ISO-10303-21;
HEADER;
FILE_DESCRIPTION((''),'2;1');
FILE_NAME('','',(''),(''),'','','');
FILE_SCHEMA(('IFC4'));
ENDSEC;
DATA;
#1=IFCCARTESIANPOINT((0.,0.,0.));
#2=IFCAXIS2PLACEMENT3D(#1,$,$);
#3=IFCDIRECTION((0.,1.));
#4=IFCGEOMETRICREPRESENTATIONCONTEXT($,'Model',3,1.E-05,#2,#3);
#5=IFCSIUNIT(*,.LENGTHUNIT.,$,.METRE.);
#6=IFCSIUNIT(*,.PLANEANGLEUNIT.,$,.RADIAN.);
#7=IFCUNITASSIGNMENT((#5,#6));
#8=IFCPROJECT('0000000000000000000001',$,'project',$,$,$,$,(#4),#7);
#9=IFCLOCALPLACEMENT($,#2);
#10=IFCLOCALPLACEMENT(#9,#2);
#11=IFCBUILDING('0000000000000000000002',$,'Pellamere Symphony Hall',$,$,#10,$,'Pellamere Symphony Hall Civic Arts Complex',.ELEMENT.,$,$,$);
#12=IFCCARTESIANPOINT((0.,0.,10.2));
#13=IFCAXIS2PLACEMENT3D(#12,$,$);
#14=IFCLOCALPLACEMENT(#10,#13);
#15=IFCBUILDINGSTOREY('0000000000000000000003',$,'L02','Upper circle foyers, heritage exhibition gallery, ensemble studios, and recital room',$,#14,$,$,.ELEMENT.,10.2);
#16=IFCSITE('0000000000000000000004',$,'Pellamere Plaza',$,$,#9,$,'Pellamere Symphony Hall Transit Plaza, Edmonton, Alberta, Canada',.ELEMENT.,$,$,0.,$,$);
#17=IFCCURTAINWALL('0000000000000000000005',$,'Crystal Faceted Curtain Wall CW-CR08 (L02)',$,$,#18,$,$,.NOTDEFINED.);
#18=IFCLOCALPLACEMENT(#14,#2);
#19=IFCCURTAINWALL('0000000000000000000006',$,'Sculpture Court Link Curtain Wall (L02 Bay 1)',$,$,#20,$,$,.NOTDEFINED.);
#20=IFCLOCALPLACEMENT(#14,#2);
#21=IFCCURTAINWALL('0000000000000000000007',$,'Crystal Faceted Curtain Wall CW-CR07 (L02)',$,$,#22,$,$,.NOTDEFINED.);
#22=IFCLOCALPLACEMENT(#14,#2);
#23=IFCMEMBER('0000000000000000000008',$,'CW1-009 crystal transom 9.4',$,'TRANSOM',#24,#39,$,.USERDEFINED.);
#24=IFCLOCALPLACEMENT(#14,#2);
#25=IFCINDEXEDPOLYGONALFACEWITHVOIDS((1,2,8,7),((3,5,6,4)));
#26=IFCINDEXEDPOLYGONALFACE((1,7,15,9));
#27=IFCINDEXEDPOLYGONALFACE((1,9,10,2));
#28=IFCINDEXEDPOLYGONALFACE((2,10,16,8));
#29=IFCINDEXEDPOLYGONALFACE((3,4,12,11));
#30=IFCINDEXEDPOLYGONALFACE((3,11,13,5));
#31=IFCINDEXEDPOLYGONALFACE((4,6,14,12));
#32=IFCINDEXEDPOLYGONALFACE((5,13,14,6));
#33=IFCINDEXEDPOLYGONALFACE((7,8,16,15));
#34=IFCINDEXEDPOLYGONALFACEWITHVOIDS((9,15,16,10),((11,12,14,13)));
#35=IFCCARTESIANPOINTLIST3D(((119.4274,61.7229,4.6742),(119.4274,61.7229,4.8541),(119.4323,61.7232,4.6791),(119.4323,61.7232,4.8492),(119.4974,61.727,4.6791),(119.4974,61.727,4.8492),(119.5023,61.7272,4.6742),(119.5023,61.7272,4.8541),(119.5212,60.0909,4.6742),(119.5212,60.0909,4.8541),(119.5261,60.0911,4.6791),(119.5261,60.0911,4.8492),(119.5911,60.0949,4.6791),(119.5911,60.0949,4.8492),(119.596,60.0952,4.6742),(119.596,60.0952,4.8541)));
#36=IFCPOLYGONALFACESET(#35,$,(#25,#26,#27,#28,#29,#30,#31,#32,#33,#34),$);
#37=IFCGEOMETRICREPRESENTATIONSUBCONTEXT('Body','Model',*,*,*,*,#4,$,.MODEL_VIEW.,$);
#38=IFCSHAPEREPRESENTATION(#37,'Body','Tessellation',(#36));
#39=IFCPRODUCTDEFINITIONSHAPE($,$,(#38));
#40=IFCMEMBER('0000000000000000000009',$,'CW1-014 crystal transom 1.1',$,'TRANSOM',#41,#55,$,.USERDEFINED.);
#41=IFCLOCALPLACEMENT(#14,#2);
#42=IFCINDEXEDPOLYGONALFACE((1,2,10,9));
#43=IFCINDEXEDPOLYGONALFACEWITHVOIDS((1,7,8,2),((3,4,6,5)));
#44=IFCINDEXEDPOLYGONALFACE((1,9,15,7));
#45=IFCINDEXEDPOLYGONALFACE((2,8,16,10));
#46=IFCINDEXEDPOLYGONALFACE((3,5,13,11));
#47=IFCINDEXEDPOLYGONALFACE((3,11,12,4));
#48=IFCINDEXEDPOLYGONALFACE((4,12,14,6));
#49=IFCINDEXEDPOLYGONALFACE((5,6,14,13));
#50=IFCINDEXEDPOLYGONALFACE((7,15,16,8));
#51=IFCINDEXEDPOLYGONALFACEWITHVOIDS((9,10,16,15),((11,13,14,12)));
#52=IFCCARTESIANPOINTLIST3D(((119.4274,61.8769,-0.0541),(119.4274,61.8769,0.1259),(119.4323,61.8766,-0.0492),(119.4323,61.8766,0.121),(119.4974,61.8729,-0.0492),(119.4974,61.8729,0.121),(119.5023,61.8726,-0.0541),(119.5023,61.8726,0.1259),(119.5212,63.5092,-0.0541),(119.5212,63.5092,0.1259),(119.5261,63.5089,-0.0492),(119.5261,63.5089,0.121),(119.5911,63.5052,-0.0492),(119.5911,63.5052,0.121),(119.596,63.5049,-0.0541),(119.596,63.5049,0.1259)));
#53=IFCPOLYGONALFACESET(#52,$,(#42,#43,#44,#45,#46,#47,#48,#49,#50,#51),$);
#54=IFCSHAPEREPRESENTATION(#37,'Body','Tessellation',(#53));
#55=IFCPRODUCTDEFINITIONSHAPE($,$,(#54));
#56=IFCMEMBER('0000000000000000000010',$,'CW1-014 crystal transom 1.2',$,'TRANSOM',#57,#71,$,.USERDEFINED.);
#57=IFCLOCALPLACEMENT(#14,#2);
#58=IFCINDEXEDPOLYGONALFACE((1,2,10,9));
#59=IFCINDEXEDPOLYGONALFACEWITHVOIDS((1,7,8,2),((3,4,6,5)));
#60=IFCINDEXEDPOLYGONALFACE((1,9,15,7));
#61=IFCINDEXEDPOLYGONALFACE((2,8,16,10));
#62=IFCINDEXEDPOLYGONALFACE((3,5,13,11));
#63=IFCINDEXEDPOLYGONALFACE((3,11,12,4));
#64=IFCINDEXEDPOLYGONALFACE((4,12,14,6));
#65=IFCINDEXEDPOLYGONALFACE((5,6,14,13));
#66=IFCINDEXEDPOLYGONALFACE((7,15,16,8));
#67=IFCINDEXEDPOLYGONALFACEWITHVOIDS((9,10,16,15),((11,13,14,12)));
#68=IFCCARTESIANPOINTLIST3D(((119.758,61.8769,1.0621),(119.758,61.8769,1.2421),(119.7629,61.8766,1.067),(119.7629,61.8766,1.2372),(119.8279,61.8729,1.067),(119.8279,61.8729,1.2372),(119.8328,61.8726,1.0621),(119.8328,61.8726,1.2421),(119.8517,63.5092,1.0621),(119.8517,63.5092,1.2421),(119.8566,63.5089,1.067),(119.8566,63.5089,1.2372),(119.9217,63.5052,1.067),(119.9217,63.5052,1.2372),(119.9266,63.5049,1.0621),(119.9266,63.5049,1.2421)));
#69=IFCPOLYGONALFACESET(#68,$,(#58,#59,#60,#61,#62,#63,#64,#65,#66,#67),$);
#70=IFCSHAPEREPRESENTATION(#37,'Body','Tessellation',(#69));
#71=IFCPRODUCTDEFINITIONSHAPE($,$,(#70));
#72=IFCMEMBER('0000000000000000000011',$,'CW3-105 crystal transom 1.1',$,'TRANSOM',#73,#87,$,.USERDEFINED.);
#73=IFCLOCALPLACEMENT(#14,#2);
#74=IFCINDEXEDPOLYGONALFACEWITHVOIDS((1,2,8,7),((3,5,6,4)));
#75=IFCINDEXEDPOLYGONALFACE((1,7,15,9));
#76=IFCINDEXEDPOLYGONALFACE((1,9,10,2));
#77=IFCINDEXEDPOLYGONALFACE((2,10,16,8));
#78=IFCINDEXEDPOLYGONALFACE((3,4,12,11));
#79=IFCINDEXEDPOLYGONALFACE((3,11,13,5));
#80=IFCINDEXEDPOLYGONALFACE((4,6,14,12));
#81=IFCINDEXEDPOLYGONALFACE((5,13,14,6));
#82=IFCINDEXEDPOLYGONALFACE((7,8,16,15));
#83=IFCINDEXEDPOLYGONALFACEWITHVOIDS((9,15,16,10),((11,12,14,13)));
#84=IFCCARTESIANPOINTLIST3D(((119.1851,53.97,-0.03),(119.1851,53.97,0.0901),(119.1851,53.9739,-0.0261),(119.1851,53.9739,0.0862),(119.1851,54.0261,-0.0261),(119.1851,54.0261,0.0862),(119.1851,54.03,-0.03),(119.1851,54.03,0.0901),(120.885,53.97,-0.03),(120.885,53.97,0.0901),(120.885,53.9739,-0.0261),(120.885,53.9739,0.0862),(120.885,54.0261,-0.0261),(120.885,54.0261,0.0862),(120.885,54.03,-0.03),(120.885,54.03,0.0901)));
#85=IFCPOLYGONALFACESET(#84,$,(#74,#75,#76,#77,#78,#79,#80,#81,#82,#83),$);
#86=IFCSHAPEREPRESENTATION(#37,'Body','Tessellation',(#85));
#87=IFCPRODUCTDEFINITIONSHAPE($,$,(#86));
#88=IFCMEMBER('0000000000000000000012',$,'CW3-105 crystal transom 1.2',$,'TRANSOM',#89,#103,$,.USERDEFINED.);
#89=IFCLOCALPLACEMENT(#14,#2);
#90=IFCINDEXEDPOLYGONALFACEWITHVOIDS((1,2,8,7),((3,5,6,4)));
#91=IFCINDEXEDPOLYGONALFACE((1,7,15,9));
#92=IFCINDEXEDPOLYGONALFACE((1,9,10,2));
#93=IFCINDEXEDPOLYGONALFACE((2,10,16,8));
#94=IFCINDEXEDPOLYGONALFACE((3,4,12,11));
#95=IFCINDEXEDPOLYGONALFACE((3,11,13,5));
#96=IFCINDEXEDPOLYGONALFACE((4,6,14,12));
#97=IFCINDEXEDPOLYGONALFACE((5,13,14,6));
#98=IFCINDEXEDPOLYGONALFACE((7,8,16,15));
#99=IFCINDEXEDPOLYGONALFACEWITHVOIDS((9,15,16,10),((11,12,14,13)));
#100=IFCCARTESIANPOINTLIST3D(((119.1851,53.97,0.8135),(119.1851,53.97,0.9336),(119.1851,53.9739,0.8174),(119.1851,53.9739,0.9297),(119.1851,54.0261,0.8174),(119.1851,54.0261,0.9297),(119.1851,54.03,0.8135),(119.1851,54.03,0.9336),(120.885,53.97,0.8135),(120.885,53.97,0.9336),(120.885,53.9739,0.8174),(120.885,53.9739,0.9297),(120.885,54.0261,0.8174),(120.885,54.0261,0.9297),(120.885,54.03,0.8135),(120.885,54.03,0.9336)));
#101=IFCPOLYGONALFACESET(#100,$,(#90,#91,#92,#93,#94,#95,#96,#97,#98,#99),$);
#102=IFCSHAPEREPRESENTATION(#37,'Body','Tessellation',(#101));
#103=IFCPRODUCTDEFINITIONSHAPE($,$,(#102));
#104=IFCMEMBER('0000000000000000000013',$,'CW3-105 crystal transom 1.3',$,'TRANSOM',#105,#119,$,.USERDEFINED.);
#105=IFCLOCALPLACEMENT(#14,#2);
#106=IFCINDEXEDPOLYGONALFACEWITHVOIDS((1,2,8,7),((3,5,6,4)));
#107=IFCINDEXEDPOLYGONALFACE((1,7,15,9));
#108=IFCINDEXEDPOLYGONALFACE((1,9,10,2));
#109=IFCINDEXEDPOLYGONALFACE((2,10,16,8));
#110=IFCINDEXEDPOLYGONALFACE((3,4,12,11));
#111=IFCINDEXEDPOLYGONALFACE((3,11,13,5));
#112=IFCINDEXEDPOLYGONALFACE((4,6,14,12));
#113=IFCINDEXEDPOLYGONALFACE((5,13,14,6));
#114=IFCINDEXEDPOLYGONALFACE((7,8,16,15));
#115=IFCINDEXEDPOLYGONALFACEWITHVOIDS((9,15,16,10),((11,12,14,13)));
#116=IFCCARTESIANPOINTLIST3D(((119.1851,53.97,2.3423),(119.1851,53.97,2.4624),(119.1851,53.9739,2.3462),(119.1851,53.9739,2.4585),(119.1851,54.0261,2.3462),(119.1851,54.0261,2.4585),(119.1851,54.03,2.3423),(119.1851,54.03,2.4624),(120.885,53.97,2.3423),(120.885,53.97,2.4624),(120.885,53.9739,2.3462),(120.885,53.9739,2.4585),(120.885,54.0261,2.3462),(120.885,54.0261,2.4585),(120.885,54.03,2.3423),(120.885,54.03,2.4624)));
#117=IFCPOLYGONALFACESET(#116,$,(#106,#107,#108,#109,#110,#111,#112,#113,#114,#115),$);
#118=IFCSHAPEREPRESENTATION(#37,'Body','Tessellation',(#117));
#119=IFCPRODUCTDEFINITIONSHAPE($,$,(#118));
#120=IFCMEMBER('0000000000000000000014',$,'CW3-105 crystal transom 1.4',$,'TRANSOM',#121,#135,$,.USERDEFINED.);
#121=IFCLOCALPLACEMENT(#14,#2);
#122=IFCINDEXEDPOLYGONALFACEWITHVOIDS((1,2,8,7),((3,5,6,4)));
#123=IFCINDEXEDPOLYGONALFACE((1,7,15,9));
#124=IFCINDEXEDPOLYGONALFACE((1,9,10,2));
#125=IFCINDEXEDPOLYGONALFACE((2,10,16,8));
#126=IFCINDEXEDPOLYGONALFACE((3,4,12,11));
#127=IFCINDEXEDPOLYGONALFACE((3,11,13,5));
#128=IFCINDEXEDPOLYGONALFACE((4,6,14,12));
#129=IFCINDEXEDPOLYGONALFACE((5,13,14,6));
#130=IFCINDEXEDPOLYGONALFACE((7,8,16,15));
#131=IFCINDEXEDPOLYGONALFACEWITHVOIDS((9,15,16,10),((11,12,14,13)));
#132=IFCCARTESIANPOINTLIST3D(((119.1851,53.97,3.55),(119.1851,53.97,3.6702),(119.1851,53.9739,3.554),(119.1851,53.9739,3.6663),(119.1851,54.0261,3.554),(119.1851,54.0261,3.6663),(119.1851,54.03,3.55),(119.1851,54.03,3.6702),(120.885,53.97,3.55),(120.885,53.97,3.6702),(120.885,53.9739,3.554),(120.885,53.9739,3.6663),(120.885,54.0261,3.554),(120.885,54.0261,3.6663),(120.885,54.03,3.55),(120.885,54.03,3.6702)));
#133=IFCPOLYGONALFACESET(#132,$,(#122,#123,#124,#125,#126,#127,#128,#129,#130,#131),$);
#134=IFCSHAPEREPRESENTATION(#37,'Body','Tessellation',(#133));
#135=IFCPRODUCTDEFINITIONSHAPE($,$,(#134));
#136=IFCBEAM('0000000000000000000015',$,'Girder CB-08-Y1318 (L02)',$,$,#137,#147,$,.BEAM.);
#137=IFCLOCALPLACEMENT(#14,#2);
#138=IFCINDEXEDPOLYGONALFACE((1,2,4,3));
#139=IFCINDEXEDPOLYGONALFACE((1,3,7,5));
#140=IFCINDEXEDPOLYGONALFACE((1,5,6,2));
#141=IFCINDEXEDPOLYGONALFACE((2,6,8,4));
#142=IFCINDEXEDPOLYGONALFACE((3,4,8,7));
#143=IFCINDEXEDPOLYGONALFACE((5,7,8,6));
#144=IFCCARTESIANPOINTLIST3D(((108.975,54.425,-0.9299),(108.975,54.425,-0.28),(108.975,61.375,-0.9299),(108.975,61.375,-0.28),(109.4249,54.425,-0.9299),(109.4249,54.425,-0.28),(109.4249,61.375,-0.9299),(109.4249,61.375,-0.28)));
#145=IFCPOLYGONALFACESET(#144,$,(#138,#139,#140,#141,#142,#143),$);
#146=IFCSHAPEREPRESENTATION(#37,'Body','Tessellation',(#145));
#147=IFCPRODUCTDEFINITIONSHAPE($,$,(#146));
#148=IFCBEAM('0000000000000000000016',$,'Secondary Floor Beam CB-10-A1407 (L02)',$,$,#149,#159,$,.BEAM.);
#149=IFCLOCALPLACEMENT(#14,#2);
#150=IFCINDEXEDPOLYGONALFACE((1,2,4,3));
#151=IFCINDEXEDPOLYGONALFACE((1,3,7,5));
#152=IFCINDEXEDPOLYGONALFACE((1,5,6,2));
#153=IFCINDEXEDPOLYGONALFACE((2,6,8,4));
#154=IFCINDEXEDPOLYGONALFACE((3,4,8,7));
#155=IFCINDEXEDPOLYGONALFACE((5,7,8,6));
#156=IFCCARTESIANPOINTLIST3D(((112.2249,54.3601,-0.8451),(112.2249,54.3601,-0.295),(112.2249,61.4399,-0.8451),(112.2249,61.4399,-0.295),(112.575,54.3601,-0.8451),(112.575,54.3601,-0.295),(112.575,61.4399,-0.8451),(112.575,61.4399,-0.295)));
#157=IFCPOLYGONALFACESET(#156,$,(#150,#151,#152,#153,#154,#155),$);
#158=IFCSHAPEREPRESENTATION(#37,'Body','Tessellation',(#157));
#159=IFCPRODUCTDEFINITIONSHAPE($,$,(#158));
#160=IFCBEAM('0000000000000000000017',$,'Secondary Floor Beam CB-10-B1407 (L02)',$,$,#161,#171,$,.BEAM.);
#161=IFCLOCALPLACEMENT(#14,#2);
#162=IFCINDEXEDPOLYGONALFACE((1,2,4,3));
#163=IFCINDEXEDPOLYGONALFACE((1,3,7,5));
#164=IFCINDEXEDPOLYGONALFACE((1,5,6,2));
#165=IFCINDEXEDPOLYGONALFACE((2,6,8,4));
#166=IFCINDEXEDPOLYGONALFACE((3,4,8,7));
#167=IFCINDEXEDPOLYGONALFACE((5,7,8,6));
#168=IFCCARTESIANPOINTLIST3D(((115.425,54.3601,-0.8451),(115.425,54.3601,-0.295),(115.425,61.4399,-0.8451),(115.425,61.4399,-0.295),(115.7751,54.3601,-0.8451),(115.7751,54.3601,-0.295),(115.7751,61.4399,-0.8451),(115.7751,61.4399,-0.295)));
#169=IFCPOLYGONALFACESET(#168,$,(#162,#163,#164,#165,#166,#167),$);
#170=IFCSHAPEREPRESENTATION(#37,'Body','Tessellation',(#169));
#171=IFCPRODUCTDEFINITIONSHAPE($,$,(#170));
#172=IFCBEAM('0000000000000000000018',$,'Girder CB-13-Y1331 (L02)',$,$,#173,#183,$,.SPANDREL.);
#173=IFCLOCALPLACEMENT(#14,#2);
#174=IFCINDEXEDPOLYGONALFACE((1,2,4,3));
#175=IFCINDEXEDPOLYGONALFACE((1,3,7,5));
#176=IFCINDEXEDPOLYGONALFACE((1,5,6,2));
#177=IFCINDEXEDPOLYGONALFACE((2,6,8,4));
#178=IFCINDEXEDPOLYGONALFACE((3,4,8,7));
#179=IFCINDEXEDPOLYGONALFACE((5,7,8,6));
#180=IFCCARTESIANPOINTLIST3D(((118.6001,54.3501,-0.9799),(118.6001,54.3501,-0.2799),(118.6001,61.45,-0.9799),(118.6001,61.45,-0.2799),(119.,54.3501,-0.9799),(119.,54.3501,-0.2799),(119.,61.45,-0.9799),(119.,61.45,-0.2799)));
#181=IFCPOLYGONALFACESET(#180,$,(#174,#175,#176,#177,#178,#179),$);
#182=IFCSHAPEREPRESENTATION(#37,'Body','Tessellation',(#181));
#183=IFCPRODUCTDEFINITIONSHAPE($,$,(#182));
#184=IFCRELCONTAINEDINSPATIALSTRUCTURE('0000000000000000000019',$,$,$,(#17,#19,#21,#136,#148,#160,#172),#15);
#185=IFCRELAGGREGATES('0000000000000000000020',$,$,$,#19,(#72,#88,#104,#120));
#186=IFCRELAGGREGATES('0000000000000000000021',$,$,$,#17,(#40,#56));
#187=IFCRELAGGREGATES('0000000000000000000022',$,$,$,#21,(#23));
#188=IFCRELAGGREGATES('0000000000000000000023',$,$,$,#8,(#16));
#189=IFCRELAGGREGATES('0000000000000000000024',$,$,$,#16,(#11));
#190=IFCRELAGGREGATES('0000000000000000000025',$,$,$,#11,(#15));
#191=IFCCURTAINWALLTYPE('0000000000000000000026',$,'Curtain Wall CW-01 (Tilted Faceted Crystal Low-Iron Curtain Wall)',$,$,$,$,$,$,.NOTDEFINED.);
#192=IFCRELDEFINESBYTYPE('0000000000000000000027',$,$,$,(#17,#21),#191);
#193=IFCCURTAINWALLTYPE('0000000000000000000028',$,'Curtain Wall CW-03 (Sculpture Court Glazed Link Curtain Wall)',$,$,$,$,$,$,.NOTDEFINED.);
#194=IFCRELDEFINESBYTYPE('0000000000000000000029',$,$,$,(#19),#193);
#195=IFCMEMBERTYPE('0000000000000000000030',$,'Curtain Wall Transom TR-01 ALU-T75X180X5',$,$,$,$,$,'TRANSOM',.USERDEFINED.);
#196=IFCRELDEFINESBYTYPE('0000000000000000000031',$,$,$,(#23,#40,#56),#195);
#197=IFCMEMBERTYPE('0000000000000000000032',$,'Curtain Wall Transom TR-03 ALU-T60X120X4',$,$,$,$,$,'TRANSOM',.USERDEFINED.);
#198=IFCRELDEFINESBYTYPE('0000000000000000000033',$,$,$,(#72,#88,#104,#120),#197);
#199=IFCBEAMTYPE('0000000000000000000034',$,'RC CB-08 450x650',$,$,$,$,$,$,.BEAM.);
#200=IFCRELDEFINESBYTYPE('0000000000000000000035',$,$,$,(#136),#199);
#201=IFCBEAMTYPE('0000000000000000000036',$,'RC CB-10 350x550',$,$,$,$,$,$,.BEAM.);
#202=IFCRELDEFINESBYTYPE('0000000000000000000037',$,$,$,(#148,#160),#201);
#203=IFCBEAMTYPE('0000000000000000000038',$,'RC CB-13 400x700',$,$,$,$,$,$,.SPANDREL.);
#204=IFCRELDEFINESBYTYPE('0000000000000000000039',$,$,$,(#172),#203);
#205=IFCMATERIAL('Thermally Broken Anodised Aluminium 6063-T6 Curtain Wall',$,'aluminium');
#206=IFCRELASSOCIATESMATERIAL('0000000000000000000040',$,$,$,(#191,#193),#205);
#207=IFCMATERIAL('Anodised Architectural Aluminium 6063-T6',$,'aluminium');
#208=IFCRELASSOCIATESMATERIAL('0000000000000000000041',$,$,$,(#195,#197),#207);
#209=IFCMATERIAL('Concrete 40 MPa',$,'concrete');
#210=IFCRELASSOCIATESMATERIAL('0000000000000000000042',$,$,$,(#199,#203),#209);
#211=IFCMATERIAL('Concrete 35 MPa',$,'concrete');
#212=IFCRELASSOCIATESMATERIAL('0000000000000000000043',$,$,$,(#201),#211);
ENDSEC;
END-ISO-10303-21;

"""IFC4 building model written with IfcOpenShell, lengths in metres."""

from ifc_helpers import new_model, si_unit, direction, frame, origin, origin_2d, place, context, subcontext, project, spatial, rectangle, hollow_rectangle, extrude, material, material_profile, profile_set, type_object, element, aggregate, save


model = new_model("IFC4")

# Units and contexts
model_context = context("Model", 3, precision=1e-05, world=origin(), true_north=direction((0.0, 1.0)))
body_context = subcontext(model_context, "Body", "Model", "MODEL_VIEW")
ifc_project = project(units=[si_unit("LENGTHUNIT", "METRE"), si_unit("PLANEANGLEUNIT", "RADIAN")], contexts=[model_context])

# Site, building, storey
site_placement = place(None, origin())
site = spatial("IfcSite", under=ifc_project, at=site_placement, Name="Pellamere Plaza", LongName="Pellamere Symphony Hall Transit Plaza, Edmonton, Alberta, Canada", CompositionType="ELEMENT", RefElevation=0.0)
building_placement = place(site_placement, origin())
building = spatial("IfcBuilding", under=site, at=building_placement, Name="Pellamere Symphony Hall", LongName="Pellamere Symphony Hall Civic Arts Complex", CompositionType="ELEMENT")
storey_placement = place(building_placement, frame((0.0, 0.0, 10.2)))
storey = spatial("IfcBuildingStorey", under=building, at=storey_placement, Name="L02", Description="Upper circle foyers, heritage exhibition gallery, ensemble studios, and recital room", CompositionType="ELEMENT", Elevation=10.2)

# Shared definitions
ifc_material_1 = material(Name="Concrete 40 MPa", Category="concrete")

# Curtain walls
ifc_material_2 = material(Name="Thermally Broken Anodised Aluminium 6063-T6 Curtain Wall", Category="aluminium")
curtain_wall_type_1 = type_object("IfcCurtainWallType", Name="Curtain Wall CW-01 (Tilted Faceted Crystal Low-Iron Curtain Wall)", PredefinedType="NOTDEFINED", material=ifc_material_2)
curtain_wall_1_placement = place(storey_placement, origin())
curtain_wall_1 = element("IfcCurtainWall", 1, at=curtain_wall_1_placement, inside=storey, type_object=curtain_wall_type_1, Name="Crystal Faceted Curtain Wall CW-CR08 (L02)", PredefinedType="NOTDEFINED")
ifc_material_3 = material(Name="Anodised Architectural Aluminium 6063-T6", Category="aluminium")
curtain_wall_type_2 = type_object("IfcCurtainWallType", Name="Curtain Wall CW-03 (Sculpture Court Glazed Link Curtain Wall)", PredefinedType="NOTDEFINED", material=ifc_material_2)
curtain_wall_2_placement = place(storey_placement, origin())
curtain_wall_2 = element("IfcCurtainWall", 2, at=curtain_wall_2_placement, inside=storey, type_object=curtain_wall_type_2, Name="Sculpture Court Link Curtain Wall (L02 Bay 1)", PredefinedType="NOTDEFINED")

# Curtain wall, member
curtain_wall_3_placement = place(storey_placement, origin())
curtain_wall_3 = element("IfcCurtainWall", 3, at=curtain_wall_3_placement, inside=storey, type_object=curtain_wall_type_1, Name="Crystal Faceted Curtain Wall CW-CR07 (L02)", PredefinedType="NOTDEFINED")
ifc_material_profile_1 = material_profile(ifc_material_3, hollow_rectangle(XDim=0.075, YDim=0.1799, WallThickness=0.0049, at=origin_2d()), Name="ALU-T75X180X5")
ifc_profile_set_1 = profile_set([ifc_material_profile_1], Name="Anodised Architectural Aluminium 6063-T6")
member_type_1 = type_object("IfcMemberType", Name="Curtain Wall Transom TR-01 ALU-T75X180X5", ElementType="TRANSOM", PredefinedType="USERDEFINED", material=ifc_profile_set_1)
member_1_placement = place(storey_placement, frame((119.5586, 60.093, 4.7642), z_axis=(-0.057348, 0.998354, 0.0), x_axis=(-0.998354, -0.057348, 0.0)))
member_1 = element("IfcMember", 4, at=member_1_placement, type_object=member_type_1, Name="CW1-009 crystal transom 9.4", ObjectType="TRANSOM", PredefinedType="USERDEFINED", context=body_context, shape_type="SweptSolid", body=[
    extrude(hollow_rectangle(XDim=0.075, YDim=0.1799, WallThickness=0.0049, at=origin_2d()), origin(), (0.0, 0.0, 1.0), 1.6348),
])

# Members
member_2_placement = place(storey_placement, frame((119.4648, 61.8748, 0.0359), z_axis=(0.057339, 0.998355, 0.0), x_axis=(-0.998355, 0.057339, 0.0)))
member_2 = element("IfcMember", 5, at=member_2_placement, type_object=member_type_1, Name="CW1-014 crystal transom 1.1", ObjectType="TRANSOM", PredefinedType="USERDEFINED", context=body_context, shape_type="SweptSolid", body=[
    extrude(hollow_rectangle(XDim=0.075, YDim=0.1799, WallThickness=0.0049, at=origin_2d()), origin(), (0.0, 0.0, 1.0), 1.635),
])
member_3_placement = place(storey_placement, frame((119.7954, 61.8748, 1.1521), z_axis=(0.057339, 0.998355, 0.0), x_axis=(-0.998355, 0.057339, 0.0)))
member_3 = element("IfcMember", 6, at=member_3_placement, type_object=member_type_1, Name="CW1-014 crystal transom 1.2", ObjectType="TRANSOM", PredefinedType="USERDEFINED", context=body_context, shape_type="SweptSolid", body=[
    extrude(hollow_rectangle(XDim=0.075, YDim=0.1799, WallThickness=0.0049, at=origin_2d()), origin(), (0.0, 0.0, 1.0), 1.635),
])
ifc_material_profile_2 = material_profile(ifc_material_3, hollow_rectangle(XDim=0.0601, YDim=0.1201, WallThickness=0.0039, at=origin_2d()), Name="ALU-T60X120X4")
ifc_profile_set_2 = profile_set([ifc_material_profile_2], Name="Anodised Architectural Aluminium 6063-T6")
member_type_2 = type_object("IfcMemberType", Name="Curtain Wall Transom TR-03 ALU-T60X120X4", ElementType="TRANSOM", PredefinedType="USERDEFINED", material=ifc_profile_set_2)
member_4_placement = place(storey_placement, frame((119.1851, 54.0, 0.03), z_axis=(1.0, 0.0, 0.0), x_axis=(0.0, 1.0, 0.0)))
member_4 = element("IfcMember", 7, at=member_4_placement, type_object=member_type_2, Name="CW3-105 crystal transom 1.1", ObjectType="TRANSOM", PredefinedType="USERDEFINED", context=body_context, shape_type="SweptSolid", body=[
    extrude(hollow_rectangle(XDim=0.0601, YDim=0.1201, WallThickness=0.0039, at=origin_2d()), origin(), (0.0, 0.0, 1.0), 1.7),
])
member_5_placement = place(storey_placement, frame((119.1851, 54.0, 0.8735), z_axis=(1.0, 0.0, 0.0), x_axis=(0.0, 1.0, 0.0)))
member_5 = element("IfcMember", 8, at=member_5_placement, type_object=member_type_2, Name="CW3-105 crystal transom 1.2", ObjectType="TRANSOM", PredefinedType="USERDEFINED", context=body_context, shape_type="SweptSolid", body=[
    extrude(hollow_rectangle(XDim=0.0601, YDim=0.1201, WallThickness=0.0039, at=origin_2d()), origin(), (0.0, 0.0, 1.0), 1.7),
])
member_6_placement = place(storey_placement, frame((119.1851, 54.0, 2.4023), z_axis=(1.0, 0.0, 0.0), x_axis=(0.0, 1.0, 0.0)))
member_6 = element("IfcMember", 9, at=member_6_placement, type_object=member_type_2, Name="CW3-105 crystal transom 1.3", ObjectType="TRANSOM", PredefinedType="USERDEFINED", context=body_context, shape_type="SweptSolid", body=[
    extrude(hollow_rectangle(XDim=0.0601, YDim=0.1201, WallThickness=0.0039, at=origin_2d()), origin(), (0.0, 0.0, 1.0), 1.7),
])
member_7_placement = place(storey_placement, frame((119.1851, 54.0, 3.6101), z_axis=(1.0, 0.0, 0.0), x_axis=(0.0, 1.0, 0.0)))
member_7 = element("IfcMember", 10, at=member_7_placement, type_object=member_type_2, Name="CW3-105 crystal transom 1.4", ObjectType="TRANSOM", PredefinedType="USERDEFINED", context=body_context, shape_type="SweptSolid", body=[
    extrude(hollow_rectangle(XDim=0.0601, YDim=0.1201, WallThickness=0.0039, at=origin_2d()), origin(), (0.0, 0.0, 1.0), 1.7),
])

# Beams
ifc_material_profile_3 = material_profile(ifc_material_1, rectangle(XDim=0.45, YDim=0.6499, at=origin_2d()), Name="RC 450x650")
ifc_profile_set_3 = profile_set([ifc_material_profile_3], Name="Concrete 40 MPa")
beam_type_1 = type_object("IfcBeamType", Name="RC CB-08 450x650", PredefinedType="BEAM", material=ifc_profile_set_3)
beam_1_placement = place(storey_placement, frame((109.2, 54.425, -0.605), z_axis=(0.0, 1.0, 0.0), x_axis=(-1.0, 0.0, 0.0)))
element("IfcBeam", 11, at=beam_1_placement, inside=storey, type_object=beam_type_1, Name="Girder CB-08-Y1318 (L02)", PredefinedType="BEAM", context=body_context, shape_type="SweptSolid", body=[
    extrude(rectangle(XDim=0.45, YDim=0.6499, at=origin_2d()), origin(), (0.0, 0.0, 1.0), 6.95),
])
ifc_material_4 = material(Name="Concrete 35 MPa", Category="concrete")
ifc_material_profile_4 = material_profile(ifc_material_4, rectangle(XDim=0.3501, YDim=0.55, at=origin_2d()), Name="RC 350x550")
ifc_profile_set_4 = profile_set([ifc_material_profile_4], Name="Concrete 35 MPa")
beam_type_2 = type_object("IfcBeamType", Name="RC CB-10 350x550", PredefinedType="BEAM", material=ifc_profile_set_4)
for number, where, z_axis, x_axis, name in (
    (12, (112.3999, 54.3601, -0.5701), (0.0, 1.0, 0.0), (-1.0, 0.0, 0.0), "Secondary Floor Beam CB-10-A1407 (L02)"),
    (13, (115.6001, 54.3601, -0.5701), (0.0, 1.0, 0.0), (-1.0, 0.0, 0.0), "Secondary Floor Beam CB-10-B1407 (L02)"),
):
    element("IfcBeam", number, at=place(storey_placement, frame(where, z_axis=z_axis, x_axis=x_axis)), inside=storey, type_object=beam_type_2, Name=name, PredefinedType="BEAM", context=body_context, shape_type="SweptSolid", body=[
        extrude(rectangle(XDim=0.3501, YDim=0.55, at=origin_2d()), origin(), (0.0, 0.0, 1.0), 7.0798),
    ])
ifc_material_profile_5 = material_profile(ifc_material_1, rectangle(XDim=0.3999, YDim=0.7, at=origin_2d()), Name="RC 400x700")
ifc_profile_set_5 = profile_set([ifc_material_profile_5], Name="Concrete 40 MPa")
beam_type_3 = type_object("IfcBeamType", Name="RC CB-13 400x700", PredefinedType="SPANDREL", material=ifc_profile_set_5)
beam_2_placement = place(storey_placement, frame((118.8, 54.3501, -0.6299), z_axis=(0.0, 1.0, 0.0), x_axis=(-1.0, 0.0, 0.0)))
element("IfcBeam", 14, at=beam_2_placement, inside=storey, type_object=beam_type_3, Name="Girder CB-13-Y1331 (L02)", PredefinedType="SPANDREL", context=body_context, shape_type="SweptSolid", body=[
    extrude(rectangle(XDim=0.3999, YDim=0.7, at=origin_2d()), origin(), (0.0, 0.0, 1.0), 7.0999),
])

aggregate(curtain_wall_2, [member_4, member_5, member_6, member_7])
aggregate(curtain_wall_1, [member_2, member_3])
aggregate(curtain_wall_3, [member_1])

save(model, "model.ifc")
